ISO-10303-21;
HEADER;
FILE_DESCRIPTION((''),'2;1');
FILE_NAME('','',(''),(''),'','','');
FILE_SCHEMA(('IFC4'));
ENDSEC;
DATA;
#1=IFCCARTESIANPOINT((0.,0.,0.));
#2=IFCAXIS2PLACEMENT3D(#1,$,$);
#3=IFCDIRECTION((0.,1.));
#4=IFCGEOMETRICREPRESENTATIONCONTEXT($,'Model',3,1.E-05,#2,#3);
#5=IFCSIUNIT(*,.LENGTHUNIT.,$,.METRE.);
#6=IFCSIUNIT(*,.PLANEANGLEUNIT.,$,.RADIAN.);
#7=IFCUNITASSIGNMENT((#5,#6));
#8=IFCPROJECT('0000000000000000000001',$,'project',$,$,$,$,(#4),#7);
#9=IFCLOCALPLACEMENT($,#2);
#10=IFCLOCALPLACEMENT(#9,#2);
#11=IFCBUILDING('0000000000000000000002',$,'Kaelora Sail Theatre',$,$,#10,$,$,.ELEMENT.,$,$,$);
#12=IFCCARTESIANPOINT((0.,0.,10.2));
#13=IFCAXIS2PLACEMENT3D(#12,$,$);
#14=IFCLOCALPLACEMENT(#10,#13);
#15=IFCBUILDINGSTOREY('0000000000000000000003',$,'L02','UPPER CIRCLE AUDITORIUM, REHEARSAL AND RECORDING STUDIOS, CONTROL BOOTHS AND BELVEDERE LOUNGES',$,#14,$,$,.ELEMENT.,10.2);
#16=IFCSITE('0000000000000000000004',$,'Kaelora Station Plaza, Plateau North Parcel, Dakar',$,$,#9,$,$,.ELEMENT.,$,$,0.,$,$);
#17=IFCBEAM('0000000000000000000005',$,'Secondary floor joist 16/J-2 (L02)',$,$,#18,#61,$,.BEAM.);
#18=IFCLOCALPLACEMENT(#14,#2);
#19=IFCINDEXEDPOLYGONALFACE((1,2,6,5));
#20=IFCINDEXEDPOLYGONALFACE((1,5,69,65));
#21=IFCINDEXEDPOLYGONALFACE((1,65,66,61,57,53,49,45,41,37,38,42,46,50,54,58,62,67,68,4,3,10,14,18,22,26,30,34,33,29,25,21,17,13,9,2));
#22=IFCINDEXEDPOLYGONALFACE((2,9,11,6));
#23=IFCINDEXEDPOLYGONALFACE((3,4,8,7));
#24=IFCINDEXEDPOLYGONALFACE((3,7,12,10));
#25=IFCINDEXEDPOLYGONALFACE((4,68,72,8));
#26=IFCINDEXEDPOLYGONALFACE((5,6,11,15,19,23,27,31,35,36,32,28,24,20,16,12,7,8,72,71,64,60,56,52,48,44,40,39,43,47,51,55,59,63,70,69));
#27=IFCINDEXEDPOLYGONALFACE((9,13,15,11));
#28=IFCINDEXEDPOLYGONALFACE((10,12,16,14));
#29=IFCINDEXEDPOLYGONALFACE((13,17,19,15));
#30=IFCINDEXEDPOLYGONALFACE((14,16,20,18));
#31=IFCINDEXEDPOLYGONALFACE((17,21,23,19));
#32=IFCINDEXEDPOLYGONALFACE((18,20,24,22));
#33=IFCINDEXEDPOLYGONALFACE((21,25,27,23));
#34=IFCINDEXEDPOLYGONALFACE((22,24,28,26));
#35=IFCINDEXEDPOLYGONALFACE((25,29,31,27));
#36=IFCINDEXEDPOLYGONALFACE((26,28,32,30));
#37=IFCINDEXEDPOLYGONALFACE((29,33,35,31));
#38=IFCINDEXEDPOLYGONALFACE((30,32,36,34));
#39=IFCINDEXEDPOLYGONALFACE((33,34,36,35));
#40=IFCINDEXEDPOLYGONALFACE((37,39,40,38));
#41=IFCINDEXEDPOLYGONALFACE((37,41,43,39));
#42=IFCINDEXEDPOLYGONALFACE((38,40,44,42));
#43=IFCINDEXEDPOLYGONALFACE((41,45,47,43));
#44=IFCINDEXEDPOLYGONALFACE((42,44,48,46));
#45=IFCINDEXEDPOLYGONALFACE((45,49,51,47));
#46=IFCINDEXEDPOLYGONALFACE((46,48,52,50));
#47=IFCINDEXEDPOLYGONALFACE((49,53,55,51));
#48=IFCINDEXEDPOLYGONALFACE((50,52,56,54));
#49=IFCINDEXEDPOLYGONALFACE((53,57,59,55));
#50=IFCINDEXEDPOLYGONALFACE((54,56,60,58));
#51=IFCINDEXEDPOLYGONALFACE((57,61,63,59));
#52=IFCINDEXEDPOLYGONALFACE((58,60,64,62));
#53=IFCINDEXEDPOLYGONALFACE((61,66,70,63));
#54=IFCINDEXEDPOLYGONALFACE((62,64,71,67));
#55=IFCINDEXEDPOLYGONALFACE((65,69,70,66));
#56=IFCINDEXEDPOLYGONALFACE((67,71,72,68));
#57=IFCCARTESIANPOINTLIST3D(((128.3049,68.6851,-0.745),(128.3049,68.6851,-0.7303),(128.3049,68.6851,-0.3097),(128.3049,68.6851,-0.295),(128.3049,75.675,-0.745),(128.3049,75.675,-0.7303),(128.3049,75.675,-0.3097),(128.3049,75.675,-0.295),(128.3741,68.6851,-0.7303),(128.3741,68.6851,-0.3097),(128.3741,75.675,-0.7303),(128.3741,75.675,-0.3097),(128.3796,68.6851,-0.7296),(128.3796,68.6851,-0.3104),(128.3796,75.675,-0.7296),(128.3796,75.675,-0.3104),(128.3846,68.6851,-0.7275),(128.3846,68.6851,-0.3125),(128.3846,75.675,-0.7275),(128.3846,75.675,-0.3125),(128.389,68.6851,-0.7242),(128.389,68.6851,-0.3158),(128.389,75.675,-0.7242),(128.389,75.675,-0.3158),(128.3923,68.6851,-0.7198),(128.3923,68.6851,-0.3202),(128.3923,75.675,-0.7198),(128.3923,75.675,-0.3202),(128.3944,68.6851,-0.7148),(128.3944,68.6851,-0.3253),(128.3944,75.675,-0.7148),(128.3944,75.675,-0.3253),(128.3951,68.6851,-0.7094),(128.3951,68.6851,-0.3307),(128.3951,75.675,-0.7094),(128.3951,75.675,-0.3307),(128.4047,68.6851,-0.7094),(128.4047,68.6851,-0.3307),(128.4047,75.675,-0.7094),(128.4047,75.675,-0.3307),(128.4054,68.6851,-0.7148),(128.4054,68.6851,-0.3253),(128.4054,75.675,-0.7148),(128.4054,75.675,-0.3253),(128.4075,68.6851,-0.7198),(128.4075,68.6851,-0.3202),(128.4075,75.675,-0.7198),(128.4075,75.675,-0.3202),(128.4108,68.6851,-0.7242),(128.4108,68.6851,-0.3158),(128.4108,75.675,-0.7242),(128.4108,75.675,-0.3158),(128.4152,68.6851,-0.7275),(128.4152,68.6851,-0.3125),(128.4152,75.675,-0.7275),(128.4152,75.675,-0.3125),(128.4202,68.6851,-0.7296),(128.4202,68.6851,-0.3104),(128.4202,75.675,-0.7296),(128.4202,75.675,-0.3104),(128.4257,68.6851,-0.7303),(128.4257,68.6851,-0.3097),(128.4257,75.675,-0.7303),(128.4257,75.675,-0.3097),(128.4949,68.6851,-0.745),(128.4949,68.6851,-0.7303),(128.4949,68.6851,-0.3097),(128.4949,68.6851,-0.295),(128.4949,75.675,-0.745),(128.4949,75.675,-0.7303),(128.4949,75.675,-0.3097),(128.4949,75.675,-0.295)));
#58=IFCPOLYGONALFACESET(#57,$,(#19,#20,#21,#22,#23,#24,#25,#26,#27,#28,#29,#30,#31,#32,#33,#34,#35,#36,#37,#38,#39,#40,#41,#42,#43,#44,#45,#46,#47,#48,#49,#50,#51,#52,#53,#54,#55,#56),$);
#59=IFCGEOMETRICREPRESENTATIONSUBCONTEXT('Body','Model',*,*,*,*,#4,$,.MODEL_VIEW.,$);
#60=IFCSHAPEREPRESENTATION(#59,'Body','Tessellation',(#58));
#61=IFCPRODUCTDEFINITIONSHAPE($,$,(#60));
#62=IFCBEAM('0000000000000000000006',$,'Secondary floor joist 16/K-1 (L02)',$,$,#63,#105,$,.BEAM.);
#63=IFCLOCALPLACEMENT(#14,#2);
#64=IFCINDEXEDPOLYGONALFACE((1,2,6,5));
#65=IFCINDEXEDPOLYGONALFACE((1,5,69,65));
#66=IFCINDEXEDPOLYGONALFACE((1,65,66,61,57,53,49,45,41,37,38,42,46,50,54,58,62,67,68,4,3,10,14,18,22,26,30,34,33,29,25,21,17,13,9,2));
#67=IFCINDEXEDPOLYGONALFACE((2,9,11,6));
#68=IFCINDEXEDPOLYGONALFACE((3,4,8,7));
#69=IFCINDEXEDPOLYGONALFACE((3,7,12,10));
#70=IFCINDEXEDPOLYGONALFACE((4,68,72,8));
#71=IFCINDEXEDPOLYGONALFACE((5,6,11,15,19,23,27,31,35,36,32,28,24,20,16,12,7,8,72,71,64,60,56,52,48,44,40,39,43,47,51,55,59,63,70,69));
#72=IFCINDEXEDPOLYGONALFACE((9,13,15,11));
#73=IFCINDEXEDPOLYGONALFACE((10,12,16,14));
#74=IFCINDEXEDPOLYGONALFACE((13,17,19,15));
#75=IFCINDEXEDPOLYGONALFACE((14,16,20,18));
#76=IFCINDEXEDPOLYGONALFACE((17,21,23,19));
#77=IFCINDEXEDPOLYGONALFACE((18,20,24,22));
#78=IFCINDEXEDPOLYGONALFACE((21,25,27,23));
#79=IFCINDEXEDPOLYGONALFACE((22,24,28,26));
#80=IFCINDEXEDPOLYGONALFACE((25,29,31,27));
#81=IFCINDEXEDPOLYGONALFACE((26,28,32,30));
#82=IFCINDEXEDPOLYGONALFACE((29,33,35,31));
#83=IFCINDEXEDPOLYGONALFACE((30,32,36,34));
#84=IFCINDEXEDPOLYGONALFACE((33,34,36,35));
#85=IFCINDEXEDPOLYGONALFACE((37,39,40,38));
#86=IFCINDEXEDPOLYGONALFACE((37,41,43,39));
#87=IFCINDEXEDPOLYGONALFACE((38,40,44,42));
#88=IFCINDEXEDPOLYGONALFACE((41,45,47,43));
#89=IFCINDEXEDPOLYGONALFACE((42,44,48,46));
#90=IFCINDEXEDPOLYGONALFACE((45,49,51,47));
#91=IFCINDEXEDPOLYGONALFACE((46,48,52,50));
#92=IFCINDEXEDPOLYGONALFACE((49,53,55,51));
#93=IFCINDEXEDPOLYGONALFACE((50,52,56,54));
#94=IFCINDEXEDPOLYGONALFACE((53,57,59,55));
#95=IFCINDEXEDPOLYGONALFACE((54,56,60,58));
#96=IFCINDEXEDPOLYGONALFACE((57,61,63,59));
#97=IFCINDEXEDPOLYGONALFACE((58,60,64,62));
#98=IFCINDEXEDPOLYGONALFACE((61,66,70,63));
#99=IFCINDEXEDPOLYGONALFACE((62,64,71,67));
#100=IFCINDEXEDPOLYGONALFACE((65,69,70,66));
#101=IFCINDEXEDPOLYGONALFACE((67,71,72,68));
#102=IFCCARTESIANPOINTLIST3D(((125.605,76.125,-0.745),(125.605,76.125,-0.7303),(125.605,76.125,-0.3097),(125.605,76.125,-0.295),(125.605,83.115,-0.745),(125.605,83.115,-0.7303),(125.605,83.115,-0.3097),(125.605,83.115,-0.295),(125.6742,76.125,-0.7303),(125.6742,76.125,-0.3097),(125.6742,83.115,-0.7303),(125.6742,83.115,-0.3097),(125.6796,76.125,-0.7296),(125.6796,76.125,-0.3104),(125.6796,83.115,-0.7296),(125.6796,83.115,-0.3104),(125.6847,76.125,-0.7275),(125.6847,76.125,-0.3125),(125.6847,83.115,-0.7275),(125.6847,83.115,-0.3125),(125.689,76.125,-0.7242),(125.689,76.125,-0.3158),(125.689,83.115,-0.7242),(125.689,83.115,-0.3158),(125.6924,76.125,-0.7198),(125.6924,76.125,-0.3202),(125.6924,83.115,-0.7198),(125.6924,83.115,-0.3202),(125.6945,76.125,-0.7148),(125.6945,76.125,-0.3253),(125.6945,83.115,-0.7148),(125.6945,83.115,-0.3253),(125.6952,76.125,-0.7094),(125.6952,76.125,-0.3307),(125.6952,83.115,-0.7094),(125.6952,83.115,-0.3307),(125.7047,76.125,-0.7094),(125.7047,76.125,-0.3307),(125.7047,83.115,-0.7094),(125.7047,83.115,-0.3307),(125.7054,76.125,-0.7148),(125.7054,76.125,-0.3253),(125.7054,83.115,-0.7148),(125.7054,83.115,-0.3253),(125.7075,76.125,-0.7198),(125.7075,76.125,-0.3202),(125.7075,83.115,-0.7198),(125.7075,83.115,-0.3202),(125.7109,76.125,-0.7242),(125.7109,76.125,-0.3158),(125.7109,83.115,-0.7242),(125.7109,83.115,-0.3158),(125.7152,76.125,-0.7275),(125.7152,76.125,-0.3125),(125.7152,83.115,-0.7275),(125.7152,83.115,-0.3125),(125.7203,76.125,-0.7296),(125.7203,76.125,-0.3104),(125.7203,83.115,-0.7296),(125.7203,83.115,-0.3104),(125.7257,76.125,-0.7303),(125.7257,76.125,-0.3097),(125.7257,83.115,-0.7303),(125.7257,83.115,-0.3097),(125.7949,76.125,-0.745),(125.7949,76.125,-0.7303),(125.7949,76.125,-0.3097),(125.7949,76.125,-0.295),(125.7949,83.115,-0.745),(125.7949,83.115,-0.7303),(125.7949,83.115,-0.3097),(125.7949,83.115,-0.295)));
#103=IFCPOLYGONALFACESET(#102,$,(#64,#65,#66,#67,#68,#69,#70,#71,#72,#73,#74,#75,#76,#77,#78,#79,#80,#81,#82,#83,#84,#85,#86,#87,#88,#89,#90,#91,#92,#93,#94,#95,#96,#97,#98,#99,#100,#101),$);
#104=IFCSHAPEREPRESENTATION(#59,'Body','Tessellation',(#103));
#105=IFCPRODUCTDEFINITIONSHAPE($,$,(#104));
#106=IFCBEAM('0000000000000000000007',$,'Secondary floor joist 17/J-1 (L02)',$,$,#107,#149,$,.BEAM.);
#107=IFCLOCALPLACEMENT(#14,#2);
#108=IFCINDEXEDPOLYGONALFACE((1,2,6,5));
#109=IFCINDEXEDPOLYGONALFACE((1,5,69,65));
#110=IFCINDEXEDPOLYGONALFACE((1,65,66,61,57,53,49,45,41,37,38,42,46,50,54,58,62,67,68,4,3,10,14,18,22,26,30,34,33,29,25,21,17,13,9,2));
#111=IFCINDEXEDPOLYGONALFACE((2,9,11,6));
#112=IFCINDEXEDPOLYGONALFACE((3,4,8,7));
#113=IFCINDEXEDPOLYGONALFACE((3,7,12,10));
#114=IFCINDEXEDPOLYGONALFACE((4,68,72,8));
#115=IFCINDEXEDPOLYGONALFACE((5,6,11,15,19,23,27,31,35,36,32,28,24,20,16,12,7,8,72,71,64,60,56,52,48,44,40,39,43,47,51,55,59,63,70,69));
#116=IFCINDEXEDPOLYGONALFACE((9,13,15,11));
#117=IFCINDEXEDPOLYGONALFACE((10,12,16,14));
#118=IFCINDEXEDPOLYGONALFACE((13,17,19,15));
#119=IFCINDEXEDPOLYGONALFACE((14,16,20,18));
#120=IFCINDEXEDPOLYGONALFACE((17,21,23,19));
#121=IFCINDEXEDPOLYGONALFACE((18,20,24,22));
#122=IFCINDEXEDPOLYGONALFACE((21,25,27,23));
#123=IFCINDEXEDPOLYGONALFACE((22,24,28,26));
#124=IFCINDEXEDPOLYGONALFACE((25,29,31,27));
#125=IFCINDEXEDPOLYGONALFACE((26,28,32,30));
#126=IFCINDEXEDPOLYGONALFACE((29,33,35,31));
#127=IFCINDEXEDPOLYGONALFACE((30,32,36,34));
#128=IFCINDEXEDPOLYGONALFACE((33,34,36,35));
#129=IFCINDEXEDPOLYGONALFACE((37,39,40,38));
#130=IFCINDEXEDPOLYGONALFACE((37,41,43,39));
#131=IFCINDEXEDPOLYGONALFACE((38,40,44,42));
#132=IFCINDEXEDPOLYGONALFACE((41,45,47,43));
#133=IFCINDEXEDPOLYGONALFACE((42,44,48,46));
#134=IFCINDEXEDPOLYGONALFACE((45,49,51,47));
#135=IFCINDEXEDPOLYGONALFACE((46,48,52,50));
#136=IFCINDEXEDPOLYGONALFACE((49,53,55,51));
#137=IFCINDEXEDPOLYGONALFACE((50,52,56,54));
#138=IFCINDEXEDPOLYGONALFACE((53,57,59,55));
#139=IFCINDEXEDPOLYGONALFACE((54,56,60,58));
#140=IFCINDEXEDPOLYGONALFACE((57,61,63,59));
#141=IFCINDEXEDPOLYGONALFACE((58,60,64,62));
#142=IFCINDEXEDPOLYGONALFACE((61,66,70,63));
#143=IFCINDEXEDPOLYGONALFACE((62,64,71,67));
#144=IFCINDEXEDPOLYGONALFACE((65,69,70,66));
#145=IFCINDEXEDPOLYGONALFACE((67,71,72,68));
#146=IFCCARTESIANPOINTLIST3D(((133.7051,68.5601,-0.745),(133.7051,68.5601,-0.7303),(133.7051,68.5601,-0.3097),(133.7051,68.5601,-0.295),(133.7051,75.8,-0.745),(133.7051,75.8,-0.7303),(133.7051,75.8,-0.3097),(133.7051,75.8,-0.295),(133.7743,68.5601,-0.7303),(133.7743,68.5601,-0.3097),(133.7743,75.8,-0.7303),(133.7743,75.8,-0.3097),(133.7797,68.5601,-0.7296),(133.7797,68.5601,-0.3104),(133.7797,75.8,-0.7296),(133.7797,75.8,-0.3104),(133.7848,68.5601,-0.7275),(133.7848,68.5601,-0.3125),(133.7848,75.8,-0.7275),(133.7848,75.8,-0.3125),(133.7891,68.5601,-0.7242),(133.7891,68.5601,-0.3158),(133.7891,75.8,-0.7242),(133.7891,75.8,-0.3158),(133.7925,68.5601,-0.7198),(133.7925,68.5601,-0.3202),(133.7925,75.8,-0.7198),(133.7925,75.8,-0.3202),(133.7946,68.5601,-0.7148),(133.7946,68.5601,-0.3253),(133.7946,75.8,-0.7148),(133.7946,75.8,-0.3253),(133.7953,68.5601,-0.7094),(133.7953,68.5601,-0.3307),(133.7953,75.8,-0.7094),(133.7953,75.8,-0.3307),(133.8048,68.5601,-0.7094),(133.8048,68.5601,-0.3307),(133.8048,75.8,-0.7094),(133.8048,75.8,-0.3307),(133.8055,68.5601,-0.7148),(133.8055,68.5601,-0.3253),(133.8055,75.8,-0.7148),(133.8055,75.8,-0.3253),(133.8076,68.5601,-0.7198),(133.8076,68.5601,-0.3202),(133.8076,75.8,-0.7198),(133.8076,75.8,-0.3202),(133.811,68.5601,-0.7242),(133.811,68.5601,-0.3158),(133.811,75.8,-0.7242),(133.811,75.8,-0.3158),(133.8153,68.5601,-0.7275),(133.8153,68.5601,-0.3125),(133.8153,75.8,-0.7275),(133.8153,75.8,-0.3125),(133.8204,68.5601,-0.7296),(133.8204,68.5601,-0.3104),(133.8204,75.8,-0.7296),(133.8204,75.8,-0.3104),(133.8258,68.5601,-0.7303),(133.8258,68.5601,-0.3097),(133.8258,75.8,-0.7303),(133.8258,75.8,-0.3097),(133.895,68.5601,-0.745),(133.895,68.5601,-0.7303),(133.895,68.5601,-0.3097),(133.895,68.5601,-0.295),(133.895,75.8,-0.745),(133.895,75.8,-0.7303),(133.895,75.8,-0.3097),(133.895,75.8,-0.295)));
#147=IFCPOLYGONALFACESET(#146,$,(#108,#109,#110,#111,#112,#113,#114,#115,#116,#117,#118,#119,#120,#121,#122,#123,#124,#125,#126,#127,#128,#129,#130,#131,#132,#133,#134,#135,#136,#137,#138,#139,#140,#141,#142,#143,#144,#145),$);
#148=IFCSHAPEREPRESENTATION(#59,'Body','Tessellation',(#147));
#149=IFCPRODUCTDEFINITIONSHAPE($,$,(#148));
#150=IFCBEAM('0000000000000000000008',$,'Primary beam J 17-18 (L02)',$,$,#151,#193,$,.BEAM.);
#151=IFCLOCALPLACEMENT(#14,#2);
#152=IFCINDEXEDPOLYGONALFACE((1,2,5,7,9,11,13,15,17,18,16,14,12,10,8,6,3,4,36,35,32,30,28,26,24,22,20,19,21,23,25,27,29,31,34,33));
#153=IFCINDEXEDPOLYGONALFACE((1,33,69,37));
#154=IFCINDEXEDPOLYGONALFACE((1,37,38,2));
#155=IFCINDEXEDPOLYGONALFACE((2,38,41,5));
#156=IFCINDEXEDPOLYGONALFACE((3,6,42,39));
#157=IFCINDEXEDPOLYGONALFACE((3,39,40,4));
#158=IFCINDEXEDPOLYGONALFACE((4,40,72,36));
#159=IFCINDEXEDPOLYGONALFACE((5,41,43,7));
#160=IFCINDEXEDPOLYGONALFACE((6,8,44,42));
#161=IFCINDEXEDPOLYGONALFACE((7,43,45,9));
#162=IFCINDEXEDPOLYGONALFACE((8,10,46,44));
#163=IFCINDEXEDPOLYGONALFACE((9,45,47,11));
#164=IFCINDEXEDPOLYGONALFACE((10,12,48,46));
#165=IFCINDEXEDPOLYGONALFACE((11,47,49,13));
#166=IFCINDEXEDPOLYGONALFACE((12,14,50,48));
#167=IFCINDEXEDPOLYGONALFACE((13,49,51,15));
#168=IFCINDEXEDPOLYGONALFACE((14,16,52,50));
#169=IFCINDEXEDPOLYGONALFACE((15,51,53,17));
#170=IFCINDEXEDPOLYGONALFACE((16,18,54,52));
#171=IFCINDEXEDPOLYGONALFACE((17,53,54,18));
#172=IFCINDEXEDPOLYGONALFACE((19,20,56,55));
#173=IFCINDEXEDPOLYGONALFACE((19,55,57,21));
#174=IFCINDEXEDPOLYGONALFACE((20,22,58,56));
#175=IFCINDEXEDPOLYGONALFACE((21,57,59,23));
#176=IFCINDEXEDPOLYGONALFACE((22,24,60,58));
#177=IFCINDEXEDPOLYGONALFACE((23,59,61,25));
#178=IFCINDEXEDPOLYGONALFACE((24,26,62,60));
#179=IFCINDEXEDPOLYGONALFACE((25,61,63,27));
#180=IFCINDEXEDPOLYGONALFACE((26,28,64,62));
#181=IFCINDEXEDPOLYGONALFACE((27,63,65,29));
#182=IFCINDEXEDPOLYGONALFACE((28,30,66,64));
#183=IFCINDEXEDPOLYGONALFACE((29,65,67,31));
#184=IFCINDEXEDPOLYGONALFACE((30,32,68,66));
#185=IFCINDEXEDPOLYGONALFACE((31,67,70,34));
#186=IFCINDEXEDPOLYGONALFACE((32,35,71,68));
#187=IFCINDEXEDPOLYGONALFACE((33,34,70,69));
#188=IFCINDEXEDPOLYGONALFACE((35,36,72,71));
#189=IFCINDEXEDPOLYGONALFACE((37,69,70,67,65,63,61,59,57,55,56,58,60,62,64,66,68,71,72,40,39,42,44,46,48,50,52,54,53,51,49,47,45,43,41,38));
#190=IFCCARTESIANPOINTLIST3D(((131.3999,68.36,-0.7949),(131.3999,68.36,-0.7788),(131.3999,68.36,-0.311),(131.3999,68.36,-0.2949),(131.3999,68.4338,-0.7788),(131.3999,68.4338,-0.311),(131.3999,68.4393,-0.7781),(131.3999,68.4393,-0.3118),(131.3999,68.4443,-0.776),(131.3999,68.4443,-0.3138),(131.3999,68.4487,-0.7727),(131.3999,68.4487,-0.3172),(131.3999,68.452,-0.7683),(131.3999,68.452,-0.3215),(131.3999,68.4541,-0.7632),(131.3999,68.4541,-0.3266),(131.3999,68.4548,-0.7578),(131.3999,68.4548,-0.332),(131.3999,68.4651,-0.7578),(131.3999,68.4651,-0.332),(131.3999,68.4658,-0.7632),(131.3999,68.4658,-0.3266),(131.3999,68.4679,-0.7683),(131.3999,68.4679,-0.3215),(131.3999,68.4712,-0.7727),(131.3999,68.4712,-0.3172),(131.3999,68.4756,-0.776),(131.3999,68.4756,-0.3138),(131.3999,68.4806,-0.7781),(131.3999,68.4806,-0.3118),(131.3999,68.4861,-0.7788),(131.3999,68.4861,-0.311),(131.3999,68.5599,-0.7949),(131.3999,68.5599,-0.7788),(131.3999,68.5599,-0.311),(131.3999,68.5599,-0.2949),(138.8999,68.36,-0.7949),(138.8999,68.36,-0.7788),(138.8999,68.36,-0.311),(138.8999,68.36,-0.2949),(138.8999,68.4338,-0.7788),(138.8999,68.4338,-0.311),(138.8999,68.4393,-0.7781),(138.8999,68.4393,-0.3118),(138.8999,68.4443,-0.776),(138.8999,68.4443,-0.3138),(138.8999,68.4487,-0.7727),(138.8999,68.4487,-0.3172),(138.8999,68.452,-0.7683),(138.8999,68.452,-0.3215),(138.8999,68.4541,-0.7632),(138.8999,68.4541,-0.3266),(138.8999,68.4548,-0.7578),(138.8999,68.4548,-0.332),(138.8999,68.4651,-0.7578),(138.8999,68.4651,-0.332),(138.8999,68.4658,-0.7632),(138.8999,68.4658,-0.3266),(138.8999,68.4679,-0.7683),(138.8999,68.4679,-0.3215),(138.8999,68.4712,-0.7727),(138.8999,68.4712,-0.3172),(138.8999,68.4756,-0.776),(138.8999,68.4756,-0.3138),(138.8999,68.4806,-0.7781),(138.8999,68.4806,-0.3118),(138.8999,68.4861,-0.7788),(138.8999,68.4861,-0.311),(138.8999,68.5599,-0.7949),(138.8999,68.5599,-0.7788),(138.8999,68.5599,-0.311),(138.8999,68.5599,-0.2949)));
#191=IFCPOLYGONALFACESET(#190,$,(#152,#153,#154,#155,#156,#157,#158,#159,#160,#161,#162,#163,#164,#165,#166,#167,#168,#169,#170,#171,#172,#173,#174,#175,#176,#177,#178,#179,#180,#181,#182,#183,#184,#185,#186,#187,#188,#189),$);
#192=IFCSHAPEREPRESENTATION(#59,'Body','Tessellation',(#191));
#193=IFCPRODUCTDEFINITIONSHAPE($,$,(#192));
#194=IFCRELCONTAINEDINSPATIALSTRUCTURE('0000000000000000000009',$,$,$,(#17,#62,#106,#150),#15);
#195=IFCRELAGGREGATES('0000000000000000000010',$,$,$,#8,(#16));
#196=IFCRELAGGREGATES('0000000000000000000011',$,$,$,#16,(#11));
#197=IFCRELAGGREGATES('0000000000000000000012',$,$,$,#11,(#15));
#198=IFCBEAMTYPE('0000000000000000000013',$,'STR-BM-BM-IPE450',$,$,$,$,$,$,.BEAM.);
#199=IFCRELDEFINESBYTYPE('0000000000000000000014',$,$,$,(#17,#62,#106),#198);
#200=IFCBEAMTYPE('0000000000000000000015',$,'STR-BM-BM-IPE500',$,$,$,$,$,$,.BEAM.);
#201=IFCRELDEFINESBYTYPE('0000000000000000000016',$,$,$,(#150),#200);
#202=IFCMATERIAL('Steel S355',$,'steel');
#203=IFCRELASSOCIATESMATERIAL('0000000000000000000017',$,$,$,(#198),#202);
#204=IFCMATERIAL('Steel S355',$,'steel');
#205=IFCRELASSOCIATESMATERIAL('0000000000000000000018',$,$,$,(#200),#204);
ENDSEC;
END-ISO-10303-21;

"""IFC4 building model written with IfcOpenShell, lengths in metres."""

from ifc_helpers import new_model, si_unit, direction, frame, origin, origin_2d, place, context, subcontext, project, spatial, i_section, extrude, material, material_profile, profile_set, type_object, element, save


model = new_model("IFC4")

# Units and contexts
model_context = context("Model", 3, precision=1e-05, world=origin(), true_north=direction((0.0, 1.0)))
body_context = subcontext(model_context, "Body", "Model", "MODEL_VIEW")
ifc_project = project(units=[si_unit("LENGTHUNIT", "METRE"), si_unit("PLANEANGLEUNIT", "RADIAN")], contexts=[model_context])

# Site, building, storey
site_placement = place(None, origin())
site = spatial("IfcSite", under=ifc_project, at=site_placement, Name="Kaelora Station Plaza, Plateau North Parcel, Dakar", CompositionType="ELEMENT", RefElevation=0.0)
building_placement = place(site_placement, origin())
building = spatial("IfcBuilding", under=site, at=building_placement, Name="Kaelora Sail Theatre", CompositionType="ELEMENT")
storey_placement = place(building_placement, frame((0.0, 0.0, 10.2)))
storey = spatial("IfcBuildingStorey", under=building, at=storey_placement, Name="L02", Description="UPPER CIRCLE AUDITORIUM, REHEARSAL AND RECORDING STUDIOS, CONTROL BOOTHS AND BELVEDERE LOUNGES", CompositionType="ELEMENT", Elevation=10.2)

# Beams
ifc_material_1 = material(Name="Steel S355", Category="steel")
ifc_material_profile_1 = material_profile(ifc_material_1, i_section(OverallWidth=0.1899, OverallDepth=0.45, WebThickness=0.0095, FlangeThickness=0.0146, FilletRadius=0.021, at=origin_2d()), Name="IPE 450")
ifc_profile_set_1 = profile_set([ifc_material_profile_1], Name="Steel S355")
beam_type_1 = type_object("IfcBeamType", Name="STR-BM-BM-IPE450", PredefinedType="BEAM", material=ifc_profile_set_1)
for number, where, z_axis, x_axis, name in (
    (1, (128.3999, 68.6851, -0.52), (0.0, 1.0, 0.0), (-1.0, 0.0, 0.0), "Secondary floor joist 16/J-2 (L02)"),
    (2, (125.7, 76.125, -0.52), (0.0, 1.0, 0.0), (-1.0, 0.0, 0.0), "Secondary floor joist 16/K-1 (L02)"),
):
    element("IfcBeam", number, at=place(storey_placement, frame(where, z_axis=z_axis, x_axis=x_axis)), inside=storey, type_object=beam_type_1, Name=name, PredefinedType="BEAM", context=body_context, shape_type="SweptSolid", body=[
        extrude(i_section(OverallWidth=0.1899, OverallDepth=0.45, WebThickness=0.0095, FlangeThickness=0.0146, FilletRadius=0.021, at=origin_2d()), origin(), (0.0, 0.0, 1.0), 6.99),
    ])
beam_1_placement = place(storey_placement, frame((133.8, 68.5601, -0.52), z_axis=(0.0, 1.0, 0.0), x_axis=(-1.0, 0.0, 0.0)))
element("IfcBeam", 3, at=beam_1_placement, inside=storey, type_object=beam_type_1, Name="Secondary floor joist 17/J-1 (L02)", PredefinedType="BEAM", context=body_context, shape_type="SweptSolid", body=[
    extrude(i_section(OverallWidth=0.1899, OverallDepth=0.45, WebThickness=0.0095, FlangeThickness=0.0146, FilletRadius=0.021, at=origin_2d()), origin(), (0.0, 0.0, 1.0), 7.24),
])
ifc_material_2 = material(Name="Steel S355", Category="steel")
ifc_material_profile_2 = material_profile(ifc_material_2, i_section(OverallWidth=0.2, OverallDepth=0.5, WebThickness=0.0103, FlangeThickness=0.0161, FilletRadius=0.021, at=origin_2d()), Name="IPE 500")
ifc_profile_set_2 = profile_set([ifc_material_profile_2], Name="Steel S355")
beam_type_2 = type_object("IfcBeamType", Name="STR-BM-BM-IPE500", PredefinedType="BEAM", material=ifc_profile_set_2)
for number, where, z_axis, x_axis, name in (
    (4, (131.3999, 68.46, -0.5449), (1.0, 0.0, 0.0), (0.0, 1.0, 0.0), "Primary beam J 17-18 (L02)"),
):
    element("IfcBeam", number, at=place(storey_placement, frame(where, z_axis=z_axis, x_axis=x_axis)), inside=storey, type_object=beam_type_2, Name=name, PredefinedType="BEAM", context=body_context, shape_type="SweptSolid", body=[
        extrude(i_section(OverallWidth=0.2, OverallDepth=0.5, WebThickness=0.0103, FlangeThickness=0.0161, FilletRadius=0.021, at=origin_2d()), origin(), (0.0, 0.0, 1.0), 7.5),
    ])

save(model, "model.ifc")
